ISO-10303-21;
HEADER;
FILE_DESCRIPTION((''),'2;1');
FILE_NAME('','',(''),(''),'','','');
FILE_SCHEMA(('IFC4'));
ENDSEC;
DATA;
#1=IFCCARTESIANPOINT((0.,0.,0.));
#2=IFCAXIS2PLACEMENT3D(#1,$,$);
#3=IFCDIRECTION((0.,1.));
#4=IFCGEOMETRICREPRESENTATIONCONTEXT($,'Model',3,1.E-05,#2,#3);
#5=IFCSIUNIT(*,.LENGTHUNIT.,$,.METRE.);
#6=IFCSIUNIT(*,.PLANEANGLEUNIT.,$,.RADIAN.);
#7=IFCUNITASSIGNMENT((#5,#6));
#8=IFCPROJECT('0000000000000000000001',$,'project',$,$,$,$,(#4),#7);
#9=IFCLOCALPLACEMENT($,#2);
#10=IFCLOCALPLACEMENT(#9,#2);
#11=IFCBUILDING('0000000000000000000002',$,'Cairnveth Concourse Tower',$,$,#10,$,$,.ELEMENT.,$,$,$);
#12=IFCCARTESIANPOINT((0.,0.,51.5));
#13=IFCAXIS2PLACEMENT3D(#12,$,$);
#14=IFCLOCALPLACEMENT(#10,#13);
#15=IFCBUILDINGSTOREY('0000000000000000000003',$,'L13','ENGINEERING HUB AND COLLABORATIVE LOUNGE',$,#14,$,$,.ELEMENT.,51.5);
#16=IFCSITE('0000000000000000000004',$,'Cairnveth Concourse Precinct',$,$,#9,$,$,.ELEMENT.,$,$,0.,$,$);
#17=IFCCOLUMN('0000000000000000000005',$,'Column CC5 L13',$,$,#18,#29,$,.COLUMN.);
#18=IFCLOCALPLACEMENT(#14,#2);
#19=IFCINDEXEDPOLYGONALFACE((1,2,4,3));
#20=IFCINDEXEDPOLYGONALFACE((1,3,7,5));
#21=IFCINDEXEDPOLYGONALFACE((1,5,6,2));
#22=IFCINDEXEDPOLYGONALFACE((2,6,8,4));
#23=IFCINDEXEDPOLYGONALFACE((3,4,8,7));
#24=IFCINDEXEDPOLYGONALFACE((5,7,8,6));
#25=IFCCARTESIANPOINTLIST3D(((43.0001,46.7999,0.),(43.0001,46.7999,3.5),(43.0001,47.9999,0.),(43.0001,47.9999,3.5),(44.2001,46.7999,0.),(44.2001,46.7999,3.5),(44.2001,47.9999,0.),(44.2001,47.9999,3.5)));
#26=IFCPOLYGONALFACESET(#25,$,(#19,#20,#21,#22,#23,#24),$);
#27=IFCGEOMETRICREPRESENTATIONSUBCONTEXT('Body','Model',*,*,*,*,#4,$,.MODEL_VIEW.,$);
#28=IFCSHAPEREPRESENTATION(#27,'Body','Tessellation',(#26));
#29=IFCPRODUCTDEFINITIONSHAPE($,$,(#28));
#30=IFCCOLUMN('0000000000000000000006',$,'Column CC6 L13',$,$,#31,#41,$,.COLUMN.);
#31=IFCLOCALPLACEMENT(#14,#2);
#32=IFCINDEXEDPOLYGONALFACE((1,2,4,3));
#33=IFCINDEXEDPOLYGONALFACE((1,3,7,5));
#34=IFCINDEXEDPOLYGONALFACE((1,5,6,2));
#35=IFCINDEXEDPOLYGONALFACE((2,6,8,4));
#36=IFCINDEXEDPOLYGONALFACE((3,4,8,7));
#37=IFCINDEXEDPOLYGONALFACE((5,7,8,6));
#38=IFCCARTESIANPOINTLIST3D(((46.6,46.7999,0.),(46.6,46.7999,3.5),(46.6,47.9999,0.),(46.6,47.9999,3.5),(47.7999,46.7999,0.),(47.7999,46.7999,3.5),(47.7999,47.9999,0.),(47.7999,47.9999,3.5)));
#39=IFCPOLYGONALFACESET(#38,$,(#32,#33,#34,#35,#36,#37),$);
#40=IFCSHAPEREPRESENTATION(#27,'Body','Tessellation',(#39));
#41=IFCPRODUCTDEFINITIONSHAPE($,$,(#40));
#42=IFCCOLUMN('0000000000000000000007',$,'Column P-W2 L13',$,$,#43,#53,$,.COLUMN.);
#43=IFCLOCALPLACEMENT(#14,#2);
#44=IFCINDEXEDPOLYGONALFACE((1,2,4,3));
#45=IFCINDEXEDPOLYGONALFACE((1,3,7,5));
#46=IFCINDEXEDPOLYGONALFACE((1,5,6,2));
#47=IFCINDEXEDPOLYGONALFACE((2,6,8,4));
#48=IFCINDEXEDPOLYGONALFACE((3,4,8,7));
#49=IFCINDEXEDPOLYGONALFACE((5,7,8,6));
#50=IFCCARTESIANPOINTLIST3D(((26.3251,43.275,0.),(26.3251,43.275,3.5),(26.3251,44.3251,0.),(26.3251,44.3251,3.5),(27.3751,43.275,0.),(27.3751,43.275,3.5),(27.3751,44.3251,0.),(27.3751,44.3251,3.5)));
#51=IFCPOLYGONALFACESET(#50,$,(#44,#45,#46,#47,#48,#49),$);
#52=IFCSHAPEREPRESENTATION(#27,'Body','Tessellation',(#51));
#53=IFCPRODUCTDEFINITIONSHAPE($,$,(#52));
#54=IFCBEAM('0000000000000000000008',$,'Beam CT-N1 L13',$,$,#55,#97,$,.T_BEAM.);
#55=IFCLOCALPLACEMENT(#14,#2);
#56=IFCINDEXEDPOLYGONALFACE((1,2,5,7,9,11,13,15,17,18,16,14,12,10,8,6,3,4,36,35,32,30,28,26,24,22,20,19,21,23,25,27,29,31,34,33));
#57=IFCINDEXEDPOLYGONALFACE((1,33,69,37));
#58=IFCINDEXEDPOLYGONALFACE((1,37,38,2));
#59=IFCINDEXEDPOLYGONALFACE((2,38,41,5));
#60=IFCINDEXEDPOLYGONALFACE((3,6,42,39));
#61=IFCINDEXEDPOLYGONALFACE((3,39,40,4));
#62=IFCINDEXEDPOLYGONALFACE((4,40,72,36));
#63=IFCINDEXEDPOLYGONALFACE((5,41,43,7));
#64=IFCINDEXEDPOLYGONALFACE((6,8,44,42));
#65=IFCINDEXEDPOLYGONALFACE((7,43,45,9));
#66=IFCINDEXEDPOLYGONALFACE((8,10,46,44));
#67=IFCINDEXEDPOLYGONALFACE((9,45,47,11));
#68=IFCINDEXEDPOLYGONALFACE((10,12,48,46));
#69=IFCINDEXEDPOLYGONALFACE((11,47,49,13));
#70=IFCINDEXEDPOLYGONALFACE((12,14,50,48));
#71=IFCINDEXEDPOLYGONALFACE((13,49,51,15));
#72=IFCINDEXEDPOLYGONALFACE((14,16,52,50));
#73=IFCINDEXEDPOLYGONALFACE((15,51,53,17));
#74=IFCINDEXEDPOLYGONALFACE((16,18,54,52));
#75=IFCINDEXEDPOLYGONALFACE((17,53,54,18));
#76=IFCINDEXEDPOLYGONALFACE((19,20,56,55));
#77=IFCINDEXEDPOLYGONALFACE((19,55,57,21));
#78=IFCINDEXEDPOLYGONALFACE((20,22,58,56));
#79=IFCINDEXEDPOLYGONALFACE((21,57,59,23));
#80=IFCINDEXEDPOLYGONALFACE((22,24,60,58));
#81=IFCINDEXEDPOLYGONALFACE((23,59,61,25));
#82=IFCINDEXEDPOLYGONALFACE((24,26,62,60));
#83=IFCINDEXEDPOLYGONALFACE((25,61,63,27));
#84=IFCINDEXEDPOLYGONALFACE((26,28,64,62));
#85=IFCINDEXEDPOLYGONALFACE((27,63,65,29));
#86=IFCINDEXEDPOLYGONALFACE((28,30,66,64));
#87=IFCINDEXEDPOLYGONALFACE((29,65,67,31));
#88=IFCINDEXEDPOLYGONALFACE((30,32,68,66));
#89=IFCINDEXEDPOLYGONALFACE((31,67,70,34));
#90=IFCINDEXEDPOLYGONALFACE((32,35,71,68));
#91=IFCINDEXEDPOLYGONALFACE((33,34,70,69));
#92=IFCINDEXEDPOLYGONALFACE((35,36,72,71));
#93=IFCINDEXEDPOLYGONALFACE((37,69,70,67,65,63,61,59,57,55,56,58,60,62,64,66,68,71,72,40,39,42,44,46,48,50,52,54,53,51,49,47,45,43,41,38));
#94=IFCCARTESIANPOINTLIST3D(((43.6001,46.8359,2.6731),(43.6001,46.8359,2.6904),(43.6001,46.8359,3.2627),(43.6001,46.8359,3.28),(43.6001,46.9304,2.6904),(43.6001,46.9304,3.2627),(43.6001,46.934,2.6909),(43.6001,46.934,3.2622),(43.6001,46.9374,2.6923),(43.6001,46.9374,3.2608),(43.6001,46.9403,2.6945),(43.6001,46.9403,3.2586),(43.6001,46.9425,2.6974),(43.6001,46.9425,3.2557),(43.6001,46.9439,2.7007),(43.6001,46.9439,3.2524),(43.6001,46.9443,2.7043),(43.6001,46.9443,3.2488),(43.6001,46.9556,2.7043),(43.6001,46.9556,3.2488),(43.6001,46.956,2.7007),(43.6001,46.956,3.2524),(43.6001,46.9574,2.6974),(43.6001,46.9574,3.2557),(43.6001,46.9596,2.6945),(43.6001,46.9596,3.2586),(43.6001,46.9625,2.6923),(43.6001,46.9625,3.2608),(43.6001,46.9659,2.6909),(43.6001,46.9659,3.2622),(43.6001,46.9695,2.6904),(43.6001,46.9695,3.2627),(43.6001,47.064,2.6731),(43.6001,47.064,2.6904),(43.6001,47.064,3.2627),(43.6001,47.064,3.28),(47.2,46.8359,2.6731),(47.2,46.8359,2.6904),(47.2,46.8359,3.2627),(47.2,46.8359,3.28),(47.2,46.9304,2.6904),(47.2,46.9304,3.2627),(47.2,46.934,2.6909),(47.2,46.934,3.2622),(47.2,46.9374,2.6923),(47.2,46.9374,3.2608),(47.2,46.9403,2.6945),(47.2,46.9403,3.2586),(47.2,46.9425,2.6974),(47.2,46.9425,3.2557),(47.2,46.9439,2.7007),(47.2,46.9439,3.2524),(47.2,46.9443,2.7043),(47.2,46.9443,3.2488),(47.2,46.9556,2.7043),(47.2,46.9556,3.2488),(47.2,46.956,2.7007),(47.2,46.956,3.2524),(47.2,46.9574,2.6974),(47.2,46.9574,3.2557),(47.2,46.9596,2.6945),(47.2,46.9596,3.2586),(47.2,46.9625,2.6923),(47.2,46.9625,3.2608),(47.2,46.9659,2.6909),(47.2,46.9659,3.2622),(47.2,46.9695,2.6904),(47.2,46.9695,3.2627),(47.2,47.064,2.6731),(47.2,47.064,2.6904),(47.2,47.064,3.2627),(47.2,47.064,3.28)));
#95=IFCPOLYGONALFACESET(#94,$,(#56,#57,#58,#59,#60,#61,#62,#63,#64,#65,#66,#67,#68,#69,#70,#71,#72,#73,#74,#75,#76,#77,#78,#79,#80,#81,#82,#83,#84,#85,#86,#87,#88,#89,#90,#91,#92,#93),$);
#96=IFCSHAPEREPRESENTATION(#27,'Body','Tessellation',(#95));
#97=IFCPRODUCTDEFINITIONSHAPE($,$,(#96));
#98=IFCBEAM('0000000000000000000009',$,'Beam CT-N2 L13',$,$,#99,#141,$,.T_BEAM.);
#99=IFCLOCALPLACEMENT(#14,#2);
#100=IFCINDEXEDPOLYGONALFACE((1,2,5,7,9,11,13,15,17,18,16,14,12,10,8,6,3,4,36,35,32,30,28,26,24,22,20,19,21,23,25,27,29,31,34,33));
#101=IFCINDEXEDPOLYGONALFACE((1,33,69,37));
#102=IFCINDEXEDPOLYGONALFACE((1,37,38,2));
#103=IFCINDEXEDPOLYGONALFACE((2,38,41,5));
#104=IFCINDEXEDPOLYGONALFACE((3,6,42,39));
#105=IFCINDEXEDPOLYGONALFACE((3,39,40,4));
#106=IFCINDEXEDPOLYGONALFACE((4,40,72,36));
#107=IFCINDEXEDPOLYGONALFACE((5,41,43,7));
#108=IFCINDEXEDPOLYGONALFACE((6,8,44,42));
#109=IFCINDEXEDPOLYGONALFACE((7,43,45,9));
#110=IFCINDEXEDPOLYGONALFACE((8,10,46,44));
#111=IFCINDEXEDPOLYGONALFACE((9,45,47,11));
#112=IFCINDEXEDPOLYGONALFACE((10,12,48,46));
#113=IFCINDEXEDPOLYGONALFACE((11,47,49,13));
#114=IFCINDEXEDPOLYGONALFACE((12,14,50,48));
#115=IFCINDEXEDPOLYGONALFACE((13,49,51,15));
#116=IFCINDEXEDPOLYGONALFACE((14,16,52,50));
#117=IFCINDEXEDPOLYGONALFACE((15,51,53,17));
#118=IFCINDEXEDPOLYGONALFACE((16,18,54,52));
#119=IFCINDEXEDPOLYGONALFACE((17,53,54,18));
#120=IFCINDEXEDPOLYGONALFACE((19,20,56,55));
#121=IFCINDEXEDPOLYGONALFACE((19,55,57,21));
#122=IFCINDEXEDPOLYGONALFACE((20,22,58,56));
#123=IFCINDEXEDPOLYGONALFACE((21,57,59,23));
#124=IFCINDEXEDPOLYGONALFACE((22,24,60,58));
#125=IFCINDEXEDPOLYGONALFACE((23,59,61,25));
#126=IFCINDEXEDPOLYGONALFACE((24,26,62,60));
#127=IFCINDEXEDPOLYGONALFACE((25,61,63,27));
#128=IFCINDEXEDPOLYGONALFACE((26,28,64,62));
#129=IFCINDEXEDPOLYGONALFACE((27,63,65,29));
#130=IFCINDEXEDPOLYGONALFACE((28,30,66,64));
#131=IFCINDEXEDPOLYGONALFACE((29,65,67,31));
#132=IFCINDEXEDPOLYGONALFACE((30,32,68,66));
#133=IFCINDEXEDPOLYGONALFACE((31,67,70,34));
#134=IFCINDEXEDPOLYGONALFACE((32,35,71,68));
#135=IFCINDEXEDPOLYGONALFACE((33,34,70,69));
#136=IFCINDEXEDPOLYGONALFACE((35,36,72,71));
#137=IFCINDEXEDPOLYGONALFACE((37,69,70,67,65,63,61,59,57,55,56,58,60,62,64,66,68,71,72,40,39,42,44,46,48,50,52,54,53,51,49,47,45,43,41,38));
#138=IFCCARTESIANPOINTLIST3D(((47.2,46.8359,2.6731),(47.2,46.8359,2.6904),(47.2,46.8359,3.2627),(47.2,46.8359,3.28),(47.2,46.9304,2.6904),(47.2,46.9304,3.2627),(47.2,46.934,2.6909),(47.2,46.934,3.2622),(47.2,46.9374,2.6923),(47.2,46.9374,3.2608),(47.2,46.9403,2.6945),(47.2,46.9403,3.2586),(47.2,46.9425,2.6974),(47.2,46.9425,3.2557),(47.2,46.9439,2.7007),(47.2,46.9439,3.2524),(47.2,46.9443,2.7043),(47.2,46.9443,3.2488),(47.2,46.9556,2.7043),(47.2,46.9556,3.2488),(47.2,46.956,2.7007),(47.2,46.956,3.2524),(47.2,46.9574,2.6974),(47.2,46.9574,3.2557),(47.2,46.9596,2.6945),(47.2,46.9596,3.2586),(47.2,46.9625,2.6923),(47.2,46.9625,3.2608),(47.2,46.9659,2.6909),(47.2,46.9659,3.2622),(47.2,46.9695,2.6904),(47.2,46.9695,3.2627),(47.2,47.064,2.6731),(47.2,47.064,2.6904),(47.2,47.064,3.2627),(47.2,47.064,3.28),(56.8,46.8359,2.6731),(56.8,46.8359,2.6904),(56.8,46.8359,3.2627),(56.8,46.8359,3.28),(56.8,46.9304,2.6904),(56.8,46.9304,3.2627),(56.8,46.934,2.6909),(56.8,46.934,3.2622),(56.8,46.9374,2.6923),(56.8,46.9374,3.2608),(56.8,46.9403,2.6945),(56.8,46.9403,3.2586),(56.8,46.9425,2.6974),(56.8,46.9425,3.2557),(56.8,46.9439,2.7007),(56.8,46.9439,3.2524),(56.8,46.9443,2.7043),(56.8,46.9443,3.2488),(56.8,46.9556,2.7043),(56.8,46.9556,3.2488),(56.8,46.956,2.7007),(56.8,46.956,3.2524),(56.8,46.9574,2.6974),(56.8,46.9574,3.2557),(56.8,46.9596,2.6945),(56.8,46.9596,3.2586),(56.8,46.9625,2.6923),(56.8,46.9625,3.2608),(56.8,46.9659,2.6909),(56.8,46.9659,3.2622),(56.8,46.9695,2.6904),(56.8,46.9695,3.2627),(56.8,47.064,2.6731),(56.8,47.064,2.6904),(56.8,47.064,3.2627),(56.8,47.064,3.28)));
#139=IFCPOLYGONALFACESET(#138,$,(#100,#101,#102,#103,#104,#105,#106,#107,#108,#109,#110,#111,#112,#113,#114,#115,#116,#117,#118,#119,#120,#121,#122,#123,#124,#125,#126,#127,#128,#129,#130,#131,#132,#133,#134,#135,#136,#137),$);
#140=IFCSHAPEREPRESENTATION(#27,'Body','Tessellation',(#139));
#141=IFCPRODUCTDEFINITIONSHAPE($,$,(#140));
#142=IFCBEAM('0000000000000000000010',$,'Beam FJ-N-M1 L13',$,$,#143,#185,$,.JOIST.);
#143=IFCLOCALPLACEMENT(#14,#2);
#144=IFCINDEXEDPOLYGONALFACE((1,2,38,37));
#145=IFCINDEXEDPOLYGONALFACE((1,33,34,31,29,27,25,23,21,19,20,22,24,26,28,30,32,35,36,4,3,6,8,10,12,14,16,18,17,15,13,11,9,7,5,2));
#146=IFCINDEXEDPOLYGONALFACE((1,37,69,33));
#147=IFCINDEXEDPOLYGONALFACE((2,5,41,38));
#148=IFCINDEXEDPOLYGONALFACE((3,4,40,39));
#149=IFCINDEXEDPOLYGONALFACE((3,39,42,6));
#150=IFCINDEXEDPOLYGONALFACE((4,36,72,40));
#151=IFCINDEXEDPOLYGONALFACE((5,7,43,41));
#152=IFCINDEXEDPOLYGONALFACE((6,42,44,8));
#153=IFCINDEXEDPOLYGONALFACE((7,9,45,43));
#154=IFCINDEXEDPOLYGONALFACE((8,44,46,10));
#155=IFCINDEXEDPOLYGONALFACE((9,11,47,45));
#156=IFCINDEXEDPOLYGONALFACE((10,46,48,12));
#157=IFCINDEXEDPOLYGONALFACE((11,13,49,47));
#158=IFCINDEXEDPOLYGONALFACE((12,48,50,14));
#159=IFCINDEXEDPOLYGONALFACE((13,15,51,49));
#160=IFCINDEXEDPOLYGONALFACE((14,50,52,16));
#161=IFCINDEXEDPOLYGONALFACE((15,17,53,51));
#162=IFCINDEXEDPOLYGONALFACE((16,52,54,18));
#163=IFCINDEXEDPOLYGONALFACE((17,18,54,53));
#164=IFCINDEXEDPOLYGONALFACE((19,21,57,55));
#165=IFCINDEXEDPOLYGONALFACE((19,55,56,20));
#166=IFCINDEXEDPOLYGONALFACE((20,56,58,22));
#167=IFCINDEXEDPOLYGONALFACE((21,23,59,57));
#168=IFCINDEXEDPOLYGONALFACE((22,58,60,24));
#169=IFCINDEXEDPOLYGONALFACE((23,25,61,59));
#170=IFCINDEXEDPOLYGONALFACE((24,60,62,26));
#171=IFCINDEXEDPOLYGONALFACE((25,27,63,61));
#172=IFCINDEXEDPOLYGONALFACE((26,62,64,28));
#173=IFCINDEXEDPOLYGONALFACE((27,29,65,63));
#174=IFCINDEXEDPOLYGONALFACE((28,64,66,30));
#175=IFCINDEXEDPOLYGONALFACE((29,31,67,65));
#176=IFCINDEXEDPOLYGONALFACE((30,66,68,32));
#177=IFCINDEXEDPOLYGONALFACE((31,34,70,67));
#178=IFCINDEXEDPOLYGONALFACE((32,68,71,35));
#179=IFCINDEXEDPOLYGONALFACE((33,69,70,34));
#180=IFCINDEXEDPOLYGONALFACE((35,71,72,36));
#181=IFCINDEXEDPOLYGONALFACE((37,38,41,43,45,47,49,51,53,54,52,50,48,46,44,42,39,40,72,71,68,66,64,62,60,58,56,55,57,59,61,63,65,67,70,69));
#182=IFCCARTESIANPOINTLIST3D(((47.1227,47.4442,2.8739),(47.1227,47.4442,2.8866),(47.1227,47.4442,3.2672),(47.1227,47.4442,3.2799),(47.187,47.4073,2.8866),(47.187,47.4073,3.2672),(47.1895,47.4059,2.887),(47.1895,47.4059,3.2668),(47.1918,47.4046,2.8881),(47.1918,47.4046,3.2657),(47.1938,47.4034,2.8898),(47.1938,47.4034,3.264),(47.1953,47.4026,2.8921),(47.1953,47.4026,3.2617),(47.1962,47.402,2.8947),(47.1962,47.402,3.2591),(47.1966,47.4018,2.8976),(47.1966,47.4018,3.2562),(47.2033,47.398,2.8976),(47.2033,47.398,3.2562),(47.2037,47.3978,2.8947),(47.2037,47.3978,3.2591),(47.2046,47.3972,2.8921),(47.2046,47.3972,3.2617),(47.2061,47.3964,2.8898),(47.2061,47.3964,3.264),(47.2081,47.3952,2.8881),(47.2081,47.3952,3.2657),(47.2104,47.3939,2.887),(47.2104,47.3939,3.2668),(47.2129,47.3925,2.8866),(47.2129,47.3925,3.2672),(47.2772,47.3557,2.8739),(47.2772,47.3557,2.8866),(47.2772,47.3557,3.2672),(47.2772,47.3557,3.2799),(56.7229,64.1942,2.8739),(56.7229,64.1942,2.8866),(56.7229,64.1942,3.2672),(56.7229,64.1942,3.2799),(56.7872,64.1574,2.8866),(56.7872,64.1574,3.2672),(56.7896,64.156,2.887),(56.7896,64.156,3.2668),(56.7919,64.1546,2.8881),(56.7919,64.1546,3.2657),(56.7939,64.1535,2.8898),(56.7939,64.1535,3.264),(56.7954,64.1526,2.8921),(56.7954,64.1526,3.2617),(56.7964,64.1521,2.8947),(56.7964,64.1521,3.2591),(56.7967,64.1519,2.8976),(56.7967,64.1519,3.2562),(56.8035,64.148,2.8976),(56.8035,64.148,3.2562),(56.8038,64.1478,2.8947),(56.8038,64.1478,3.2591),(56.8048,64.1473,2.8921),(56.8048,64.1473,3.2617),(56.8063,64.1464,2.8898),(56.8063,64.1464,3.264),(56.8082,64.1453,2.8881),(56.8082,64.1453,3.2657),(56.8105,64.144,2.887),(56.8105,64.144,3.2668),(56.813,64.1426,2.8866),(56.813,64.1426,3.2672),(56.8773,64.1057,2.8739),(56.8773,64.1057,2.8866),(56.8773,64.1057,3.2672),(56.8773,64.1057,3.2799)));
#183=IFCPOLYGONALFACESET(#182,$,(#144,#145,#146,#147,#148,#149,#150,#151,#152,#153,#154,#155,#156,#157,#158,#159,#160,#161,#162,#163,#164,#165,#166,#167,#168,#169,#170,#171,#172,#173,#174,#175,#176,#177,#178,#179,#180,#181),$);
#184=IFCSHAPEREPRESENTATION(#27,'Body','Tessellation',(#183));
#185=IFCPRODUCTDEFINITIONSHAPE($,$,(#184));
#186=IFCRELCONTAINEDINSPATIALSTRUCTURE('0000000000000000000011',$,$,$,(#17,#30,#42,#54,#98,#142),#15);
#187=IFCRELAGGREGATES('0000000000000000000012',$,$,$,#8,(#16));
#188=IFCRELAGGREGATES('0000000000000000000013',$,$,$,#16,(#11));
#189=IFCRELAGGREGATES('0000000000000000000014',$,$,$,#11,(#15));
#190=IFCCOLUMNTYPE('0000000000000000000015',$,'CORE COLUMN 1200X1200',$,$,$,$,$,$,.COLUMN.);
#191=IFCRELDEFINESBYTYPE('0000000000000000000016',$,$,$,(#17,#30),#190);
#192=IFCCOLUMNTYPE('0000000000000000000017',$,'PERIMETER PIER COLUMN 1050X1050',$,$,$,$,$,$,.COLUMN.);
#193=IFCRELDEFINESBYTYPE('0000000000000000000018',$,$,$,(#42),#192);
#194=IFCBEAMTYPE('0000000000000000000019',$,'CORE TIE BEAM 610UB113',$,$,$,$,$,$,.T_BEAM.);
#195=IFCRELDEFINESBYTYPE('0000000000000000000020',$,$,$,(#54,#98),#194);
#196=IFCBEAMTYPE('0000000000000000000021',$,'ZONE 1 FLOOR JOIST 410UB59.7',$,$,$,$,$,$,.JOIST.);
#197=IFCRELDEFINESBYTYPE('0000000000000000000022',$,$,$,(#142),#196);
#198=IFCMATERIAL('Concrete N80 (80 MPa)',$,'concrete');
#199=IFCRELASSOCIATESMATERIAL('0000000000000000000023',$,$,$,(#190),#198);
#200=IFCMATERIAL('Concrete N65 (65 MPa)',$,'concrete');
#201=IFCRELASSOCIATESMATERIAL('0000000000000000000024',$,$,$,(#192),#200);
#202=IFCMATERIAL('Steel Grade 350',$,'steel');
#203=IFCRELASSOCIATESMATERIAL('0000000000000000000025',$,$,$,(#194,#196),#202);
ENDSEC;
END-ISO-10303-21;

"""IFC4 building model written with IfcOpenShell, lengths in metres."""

from ifc_helpers import new_model, si_unit, direction, frame, origin, origin_2d, place, context, subcontext, project, spatial, rectangle, i_section, extrude, material, material_profile, profile_set, type_object, element, save


model = new_model("IFC4")

# Units and contexts
model_context = context("Model", 3, precision=1e-05, world=origin(), true_north=direction((0.0, 1.0)))
body_context = subcontext(model_context, "Body", "Model", "MODEL_VIEW")
ifc_project = project(units=[si_unit("LENGTHUNIT", "METRE"), si_unit("PLANEANGLEUNIT", "RADIAN")], contexts=[model_context])

# Site, building, storey
site_placement = place(None, origin())
site = spatial("IfcSite", under=ifc_project, at=site_placement, Name="Cairnveth Concourse Precinct", CompositionType="ELEMENT", RefElevation=0.0)
building_placement = place(site_placement, origin())
building = spatial("IfcBuilding", under=site, at=building_placement, Name="Cairnveth Concourse Tower", CompositionType="ELEMENT")
storey_placement = place(building_placement, frame((0.0, 0.0, 51.5)))
storey = spatial("IfcBuildingStorey", under=building, at=storey_placement, Name="L13", Description="ENGINEERING HUB AND COLLABORATIVE LOUNGE", CompositionType="ELEMENT", Elevation=51.5)

# Columns
ifc_material_1 = material(Name="Concrete N80 (80 MPa)", Category="concrete")
ifc_material_profile_1 = material_profile(ifc_material_1, rectangle(XDim=1.2, YDim=1.2, at=origin_2d()), Name="RC-COL-1200x1200")
ifc_profile_set_1 = profile_set([ifc_material_profile_1], Name="Concrete N80 (80 MPa)")
column_type_1 = type_object("IfcColumnType", Name="CORE COLUMN 1200X1200", PredefinedType="COLUMN", material=ifc_profile_set_1)
for number, where, z_axis, x_axis, name in (
    (1, (43.6001, 47.3999, 0.0), (0.0, 0.0, 1.0), (1.0, 0.0, 0.0), "Column CC5 L13"),
    (2, (47.2, 47.3999, 0.0), (0.0, 0.0, 1.0), (1.0, 0.0, 0.0), "Column CC6 L13"),
):
    element("IfcColumn", number, at=place(storey_placement, frame(where, z_axis=z_axis, x_axis=x_axis)), inside=storey, type_object=column_type_1, Name=name, PredefinedType="COLUMN", context=body_context, shape_type="SweptSolid", body=[
        extrude(rectangle(XDim=1.2, YDim=1.2, at=origin_2d()), origin(), (0.0, 0.0, 1.0), 3.5),
    ])
ifc_material_2 = material(Name="Concrete N65 (65 MPa)", Category="concrete")
ifc_material_profile_2 = material_profile(ifc_material_2, rectangle(XDim=1.05, YDim=1.05, at=origin_2d()), Name="RC-COL-1050x1050")
ifc_profile_set_2 = profile_set([ifc_material_profile_2], Name="Concrete N65 (65 MPa)")
column_type_2 = type_object("IfcColumnType", Name="PERIMETER PIER COLUMN 1050X1050", PredefinedType="COLUMN", material=ifc_profile_set_2)
column_placement = place(storey_placement, frame((26.8501, 43.8, 0.0), z_axis=(0.0, 0.0, 1.0), x_axis=(0.0, 1.0, 0.0)))
element("IfcColumn", 3, at=column_placement, inside=storey, type_object=column_type_2, Name="Column P-W2 L13", PredefinedType="COLUMN", context=body_context, shape_type="SweptSolid", body=[
    extrude(rectangle(XDim=1.05, YDim=1.05, at=origin_2d()), origin(), (0.0, 0.0, 1.0), 3.5),
])

# Beams
ifc_material_3 = material(Name="Steel Grade 350", Category="steel")
ifc_material_profile_3 = material_profile(ifc_material_3, i_section(OverallWidth=0.228, OverallDepth=0.6069, WebThickness=0.0112, FlangeThickness=0.0173, FilletRadius=0.0139, at=origin_2d()), Name="610UB113")
ifc_profile_set_3 = profile_set([ifc_material_profile_3], Name="Steel Grade 350")
beam_type_1 = type_object("IfcBeamType", Name="CORE TIE BEAM 610UB113", PredefinedType="T_BEAM", material=ifc_profile_set_3)
beam_1_placement = place(storey_placement, frame((43.6001, 46.95, 2.9766), z_axis=(1.0, 0.0, 0.0), x_axis=(0.0, 1.0, 0.0)))
element("IfcBeam", 4, at=beam_1_placement, inside=storey, type_object=beam_type_1, Name="Beam CT-N1 L13", PredefinedType="T_BEAM", context=body_context, shape_type="SweptSolid", body=[
    extrude(i_section(OverallWidth=0.228, OverallDepth=0.6069, WebThickness=0.0112, FlangeThickness=0.0173, FilletRadius=0.0139, at=origin_2d()), origin(), (0.0, 0.0, 1.0), 3.5999),
])
beam_2_placement = place(storey_placement, frame((47.2, 46.95, 2.9766), z_axis=(1.0, 0.0, 0.0), x_axis=(0.0, 1.0, 0.0)))
element("IfcBeam", 5, at=beam_2_placement, inside=storey, type_object=beam_type_1, Name="Beam CT-N2 L13", PredefinedType="T_BEAM", context=body_context, shape_type="SweptSolid", body=[
    extrude(i_section(OverallWidth=0.228, OverallDepth=0.6069, WebThickness=0.0112, FlangeThickness=0.0173, FilletRadius=0.0139, at=origin_2d()), origin(), (0.0, 0.0, 1.0), 9.6001),
])
ifc_material_profile_4 = material_profile(ifc_material_3, i_section(OverallWidth=0.178, OverallDepth=0.406, WebThickness=0.0078, FlangeThickness=0.0127, FilletRadius=0.011, at=origin_2d()), Name="410UB59.7")
ifc_profile_set_4 = profile_set([ifc_material_profile_4], Name="Steel Grade 350")
beam_type_2 = type_object("IfcBeamType", Name="ZONE 1 FLOOR JOIST 410UB59.7", PredefinedType="JOIST", material=ifc_profile_set_4)
beam_3_placement = place(storey_placement, frame((47.2, 47.3999, 3.0769), z_axis=(0.497258, 0.867603, 0.0), x_axis=(-0.867603, 0.497258, 0.0)))
element("IfcBeam", 6, at=beam_3_placement, inside=storey, type_object=beam_type_2, Name="Beam FJ-N-M1 L13", PredefinedType="JOIST", context=body_context, shape_type="SweptSolid", body=[
    extrude(i_section(OverallWidth=0.178, OverallDepth=0.406, WebThickness=0.0078, FlangeThickness=0.0127, FilletRadius=0.011, at=origin_2d()), origin(), (0.0, 0.0, 1.0), 19.3062),
])

save(model, "model.ifc")
